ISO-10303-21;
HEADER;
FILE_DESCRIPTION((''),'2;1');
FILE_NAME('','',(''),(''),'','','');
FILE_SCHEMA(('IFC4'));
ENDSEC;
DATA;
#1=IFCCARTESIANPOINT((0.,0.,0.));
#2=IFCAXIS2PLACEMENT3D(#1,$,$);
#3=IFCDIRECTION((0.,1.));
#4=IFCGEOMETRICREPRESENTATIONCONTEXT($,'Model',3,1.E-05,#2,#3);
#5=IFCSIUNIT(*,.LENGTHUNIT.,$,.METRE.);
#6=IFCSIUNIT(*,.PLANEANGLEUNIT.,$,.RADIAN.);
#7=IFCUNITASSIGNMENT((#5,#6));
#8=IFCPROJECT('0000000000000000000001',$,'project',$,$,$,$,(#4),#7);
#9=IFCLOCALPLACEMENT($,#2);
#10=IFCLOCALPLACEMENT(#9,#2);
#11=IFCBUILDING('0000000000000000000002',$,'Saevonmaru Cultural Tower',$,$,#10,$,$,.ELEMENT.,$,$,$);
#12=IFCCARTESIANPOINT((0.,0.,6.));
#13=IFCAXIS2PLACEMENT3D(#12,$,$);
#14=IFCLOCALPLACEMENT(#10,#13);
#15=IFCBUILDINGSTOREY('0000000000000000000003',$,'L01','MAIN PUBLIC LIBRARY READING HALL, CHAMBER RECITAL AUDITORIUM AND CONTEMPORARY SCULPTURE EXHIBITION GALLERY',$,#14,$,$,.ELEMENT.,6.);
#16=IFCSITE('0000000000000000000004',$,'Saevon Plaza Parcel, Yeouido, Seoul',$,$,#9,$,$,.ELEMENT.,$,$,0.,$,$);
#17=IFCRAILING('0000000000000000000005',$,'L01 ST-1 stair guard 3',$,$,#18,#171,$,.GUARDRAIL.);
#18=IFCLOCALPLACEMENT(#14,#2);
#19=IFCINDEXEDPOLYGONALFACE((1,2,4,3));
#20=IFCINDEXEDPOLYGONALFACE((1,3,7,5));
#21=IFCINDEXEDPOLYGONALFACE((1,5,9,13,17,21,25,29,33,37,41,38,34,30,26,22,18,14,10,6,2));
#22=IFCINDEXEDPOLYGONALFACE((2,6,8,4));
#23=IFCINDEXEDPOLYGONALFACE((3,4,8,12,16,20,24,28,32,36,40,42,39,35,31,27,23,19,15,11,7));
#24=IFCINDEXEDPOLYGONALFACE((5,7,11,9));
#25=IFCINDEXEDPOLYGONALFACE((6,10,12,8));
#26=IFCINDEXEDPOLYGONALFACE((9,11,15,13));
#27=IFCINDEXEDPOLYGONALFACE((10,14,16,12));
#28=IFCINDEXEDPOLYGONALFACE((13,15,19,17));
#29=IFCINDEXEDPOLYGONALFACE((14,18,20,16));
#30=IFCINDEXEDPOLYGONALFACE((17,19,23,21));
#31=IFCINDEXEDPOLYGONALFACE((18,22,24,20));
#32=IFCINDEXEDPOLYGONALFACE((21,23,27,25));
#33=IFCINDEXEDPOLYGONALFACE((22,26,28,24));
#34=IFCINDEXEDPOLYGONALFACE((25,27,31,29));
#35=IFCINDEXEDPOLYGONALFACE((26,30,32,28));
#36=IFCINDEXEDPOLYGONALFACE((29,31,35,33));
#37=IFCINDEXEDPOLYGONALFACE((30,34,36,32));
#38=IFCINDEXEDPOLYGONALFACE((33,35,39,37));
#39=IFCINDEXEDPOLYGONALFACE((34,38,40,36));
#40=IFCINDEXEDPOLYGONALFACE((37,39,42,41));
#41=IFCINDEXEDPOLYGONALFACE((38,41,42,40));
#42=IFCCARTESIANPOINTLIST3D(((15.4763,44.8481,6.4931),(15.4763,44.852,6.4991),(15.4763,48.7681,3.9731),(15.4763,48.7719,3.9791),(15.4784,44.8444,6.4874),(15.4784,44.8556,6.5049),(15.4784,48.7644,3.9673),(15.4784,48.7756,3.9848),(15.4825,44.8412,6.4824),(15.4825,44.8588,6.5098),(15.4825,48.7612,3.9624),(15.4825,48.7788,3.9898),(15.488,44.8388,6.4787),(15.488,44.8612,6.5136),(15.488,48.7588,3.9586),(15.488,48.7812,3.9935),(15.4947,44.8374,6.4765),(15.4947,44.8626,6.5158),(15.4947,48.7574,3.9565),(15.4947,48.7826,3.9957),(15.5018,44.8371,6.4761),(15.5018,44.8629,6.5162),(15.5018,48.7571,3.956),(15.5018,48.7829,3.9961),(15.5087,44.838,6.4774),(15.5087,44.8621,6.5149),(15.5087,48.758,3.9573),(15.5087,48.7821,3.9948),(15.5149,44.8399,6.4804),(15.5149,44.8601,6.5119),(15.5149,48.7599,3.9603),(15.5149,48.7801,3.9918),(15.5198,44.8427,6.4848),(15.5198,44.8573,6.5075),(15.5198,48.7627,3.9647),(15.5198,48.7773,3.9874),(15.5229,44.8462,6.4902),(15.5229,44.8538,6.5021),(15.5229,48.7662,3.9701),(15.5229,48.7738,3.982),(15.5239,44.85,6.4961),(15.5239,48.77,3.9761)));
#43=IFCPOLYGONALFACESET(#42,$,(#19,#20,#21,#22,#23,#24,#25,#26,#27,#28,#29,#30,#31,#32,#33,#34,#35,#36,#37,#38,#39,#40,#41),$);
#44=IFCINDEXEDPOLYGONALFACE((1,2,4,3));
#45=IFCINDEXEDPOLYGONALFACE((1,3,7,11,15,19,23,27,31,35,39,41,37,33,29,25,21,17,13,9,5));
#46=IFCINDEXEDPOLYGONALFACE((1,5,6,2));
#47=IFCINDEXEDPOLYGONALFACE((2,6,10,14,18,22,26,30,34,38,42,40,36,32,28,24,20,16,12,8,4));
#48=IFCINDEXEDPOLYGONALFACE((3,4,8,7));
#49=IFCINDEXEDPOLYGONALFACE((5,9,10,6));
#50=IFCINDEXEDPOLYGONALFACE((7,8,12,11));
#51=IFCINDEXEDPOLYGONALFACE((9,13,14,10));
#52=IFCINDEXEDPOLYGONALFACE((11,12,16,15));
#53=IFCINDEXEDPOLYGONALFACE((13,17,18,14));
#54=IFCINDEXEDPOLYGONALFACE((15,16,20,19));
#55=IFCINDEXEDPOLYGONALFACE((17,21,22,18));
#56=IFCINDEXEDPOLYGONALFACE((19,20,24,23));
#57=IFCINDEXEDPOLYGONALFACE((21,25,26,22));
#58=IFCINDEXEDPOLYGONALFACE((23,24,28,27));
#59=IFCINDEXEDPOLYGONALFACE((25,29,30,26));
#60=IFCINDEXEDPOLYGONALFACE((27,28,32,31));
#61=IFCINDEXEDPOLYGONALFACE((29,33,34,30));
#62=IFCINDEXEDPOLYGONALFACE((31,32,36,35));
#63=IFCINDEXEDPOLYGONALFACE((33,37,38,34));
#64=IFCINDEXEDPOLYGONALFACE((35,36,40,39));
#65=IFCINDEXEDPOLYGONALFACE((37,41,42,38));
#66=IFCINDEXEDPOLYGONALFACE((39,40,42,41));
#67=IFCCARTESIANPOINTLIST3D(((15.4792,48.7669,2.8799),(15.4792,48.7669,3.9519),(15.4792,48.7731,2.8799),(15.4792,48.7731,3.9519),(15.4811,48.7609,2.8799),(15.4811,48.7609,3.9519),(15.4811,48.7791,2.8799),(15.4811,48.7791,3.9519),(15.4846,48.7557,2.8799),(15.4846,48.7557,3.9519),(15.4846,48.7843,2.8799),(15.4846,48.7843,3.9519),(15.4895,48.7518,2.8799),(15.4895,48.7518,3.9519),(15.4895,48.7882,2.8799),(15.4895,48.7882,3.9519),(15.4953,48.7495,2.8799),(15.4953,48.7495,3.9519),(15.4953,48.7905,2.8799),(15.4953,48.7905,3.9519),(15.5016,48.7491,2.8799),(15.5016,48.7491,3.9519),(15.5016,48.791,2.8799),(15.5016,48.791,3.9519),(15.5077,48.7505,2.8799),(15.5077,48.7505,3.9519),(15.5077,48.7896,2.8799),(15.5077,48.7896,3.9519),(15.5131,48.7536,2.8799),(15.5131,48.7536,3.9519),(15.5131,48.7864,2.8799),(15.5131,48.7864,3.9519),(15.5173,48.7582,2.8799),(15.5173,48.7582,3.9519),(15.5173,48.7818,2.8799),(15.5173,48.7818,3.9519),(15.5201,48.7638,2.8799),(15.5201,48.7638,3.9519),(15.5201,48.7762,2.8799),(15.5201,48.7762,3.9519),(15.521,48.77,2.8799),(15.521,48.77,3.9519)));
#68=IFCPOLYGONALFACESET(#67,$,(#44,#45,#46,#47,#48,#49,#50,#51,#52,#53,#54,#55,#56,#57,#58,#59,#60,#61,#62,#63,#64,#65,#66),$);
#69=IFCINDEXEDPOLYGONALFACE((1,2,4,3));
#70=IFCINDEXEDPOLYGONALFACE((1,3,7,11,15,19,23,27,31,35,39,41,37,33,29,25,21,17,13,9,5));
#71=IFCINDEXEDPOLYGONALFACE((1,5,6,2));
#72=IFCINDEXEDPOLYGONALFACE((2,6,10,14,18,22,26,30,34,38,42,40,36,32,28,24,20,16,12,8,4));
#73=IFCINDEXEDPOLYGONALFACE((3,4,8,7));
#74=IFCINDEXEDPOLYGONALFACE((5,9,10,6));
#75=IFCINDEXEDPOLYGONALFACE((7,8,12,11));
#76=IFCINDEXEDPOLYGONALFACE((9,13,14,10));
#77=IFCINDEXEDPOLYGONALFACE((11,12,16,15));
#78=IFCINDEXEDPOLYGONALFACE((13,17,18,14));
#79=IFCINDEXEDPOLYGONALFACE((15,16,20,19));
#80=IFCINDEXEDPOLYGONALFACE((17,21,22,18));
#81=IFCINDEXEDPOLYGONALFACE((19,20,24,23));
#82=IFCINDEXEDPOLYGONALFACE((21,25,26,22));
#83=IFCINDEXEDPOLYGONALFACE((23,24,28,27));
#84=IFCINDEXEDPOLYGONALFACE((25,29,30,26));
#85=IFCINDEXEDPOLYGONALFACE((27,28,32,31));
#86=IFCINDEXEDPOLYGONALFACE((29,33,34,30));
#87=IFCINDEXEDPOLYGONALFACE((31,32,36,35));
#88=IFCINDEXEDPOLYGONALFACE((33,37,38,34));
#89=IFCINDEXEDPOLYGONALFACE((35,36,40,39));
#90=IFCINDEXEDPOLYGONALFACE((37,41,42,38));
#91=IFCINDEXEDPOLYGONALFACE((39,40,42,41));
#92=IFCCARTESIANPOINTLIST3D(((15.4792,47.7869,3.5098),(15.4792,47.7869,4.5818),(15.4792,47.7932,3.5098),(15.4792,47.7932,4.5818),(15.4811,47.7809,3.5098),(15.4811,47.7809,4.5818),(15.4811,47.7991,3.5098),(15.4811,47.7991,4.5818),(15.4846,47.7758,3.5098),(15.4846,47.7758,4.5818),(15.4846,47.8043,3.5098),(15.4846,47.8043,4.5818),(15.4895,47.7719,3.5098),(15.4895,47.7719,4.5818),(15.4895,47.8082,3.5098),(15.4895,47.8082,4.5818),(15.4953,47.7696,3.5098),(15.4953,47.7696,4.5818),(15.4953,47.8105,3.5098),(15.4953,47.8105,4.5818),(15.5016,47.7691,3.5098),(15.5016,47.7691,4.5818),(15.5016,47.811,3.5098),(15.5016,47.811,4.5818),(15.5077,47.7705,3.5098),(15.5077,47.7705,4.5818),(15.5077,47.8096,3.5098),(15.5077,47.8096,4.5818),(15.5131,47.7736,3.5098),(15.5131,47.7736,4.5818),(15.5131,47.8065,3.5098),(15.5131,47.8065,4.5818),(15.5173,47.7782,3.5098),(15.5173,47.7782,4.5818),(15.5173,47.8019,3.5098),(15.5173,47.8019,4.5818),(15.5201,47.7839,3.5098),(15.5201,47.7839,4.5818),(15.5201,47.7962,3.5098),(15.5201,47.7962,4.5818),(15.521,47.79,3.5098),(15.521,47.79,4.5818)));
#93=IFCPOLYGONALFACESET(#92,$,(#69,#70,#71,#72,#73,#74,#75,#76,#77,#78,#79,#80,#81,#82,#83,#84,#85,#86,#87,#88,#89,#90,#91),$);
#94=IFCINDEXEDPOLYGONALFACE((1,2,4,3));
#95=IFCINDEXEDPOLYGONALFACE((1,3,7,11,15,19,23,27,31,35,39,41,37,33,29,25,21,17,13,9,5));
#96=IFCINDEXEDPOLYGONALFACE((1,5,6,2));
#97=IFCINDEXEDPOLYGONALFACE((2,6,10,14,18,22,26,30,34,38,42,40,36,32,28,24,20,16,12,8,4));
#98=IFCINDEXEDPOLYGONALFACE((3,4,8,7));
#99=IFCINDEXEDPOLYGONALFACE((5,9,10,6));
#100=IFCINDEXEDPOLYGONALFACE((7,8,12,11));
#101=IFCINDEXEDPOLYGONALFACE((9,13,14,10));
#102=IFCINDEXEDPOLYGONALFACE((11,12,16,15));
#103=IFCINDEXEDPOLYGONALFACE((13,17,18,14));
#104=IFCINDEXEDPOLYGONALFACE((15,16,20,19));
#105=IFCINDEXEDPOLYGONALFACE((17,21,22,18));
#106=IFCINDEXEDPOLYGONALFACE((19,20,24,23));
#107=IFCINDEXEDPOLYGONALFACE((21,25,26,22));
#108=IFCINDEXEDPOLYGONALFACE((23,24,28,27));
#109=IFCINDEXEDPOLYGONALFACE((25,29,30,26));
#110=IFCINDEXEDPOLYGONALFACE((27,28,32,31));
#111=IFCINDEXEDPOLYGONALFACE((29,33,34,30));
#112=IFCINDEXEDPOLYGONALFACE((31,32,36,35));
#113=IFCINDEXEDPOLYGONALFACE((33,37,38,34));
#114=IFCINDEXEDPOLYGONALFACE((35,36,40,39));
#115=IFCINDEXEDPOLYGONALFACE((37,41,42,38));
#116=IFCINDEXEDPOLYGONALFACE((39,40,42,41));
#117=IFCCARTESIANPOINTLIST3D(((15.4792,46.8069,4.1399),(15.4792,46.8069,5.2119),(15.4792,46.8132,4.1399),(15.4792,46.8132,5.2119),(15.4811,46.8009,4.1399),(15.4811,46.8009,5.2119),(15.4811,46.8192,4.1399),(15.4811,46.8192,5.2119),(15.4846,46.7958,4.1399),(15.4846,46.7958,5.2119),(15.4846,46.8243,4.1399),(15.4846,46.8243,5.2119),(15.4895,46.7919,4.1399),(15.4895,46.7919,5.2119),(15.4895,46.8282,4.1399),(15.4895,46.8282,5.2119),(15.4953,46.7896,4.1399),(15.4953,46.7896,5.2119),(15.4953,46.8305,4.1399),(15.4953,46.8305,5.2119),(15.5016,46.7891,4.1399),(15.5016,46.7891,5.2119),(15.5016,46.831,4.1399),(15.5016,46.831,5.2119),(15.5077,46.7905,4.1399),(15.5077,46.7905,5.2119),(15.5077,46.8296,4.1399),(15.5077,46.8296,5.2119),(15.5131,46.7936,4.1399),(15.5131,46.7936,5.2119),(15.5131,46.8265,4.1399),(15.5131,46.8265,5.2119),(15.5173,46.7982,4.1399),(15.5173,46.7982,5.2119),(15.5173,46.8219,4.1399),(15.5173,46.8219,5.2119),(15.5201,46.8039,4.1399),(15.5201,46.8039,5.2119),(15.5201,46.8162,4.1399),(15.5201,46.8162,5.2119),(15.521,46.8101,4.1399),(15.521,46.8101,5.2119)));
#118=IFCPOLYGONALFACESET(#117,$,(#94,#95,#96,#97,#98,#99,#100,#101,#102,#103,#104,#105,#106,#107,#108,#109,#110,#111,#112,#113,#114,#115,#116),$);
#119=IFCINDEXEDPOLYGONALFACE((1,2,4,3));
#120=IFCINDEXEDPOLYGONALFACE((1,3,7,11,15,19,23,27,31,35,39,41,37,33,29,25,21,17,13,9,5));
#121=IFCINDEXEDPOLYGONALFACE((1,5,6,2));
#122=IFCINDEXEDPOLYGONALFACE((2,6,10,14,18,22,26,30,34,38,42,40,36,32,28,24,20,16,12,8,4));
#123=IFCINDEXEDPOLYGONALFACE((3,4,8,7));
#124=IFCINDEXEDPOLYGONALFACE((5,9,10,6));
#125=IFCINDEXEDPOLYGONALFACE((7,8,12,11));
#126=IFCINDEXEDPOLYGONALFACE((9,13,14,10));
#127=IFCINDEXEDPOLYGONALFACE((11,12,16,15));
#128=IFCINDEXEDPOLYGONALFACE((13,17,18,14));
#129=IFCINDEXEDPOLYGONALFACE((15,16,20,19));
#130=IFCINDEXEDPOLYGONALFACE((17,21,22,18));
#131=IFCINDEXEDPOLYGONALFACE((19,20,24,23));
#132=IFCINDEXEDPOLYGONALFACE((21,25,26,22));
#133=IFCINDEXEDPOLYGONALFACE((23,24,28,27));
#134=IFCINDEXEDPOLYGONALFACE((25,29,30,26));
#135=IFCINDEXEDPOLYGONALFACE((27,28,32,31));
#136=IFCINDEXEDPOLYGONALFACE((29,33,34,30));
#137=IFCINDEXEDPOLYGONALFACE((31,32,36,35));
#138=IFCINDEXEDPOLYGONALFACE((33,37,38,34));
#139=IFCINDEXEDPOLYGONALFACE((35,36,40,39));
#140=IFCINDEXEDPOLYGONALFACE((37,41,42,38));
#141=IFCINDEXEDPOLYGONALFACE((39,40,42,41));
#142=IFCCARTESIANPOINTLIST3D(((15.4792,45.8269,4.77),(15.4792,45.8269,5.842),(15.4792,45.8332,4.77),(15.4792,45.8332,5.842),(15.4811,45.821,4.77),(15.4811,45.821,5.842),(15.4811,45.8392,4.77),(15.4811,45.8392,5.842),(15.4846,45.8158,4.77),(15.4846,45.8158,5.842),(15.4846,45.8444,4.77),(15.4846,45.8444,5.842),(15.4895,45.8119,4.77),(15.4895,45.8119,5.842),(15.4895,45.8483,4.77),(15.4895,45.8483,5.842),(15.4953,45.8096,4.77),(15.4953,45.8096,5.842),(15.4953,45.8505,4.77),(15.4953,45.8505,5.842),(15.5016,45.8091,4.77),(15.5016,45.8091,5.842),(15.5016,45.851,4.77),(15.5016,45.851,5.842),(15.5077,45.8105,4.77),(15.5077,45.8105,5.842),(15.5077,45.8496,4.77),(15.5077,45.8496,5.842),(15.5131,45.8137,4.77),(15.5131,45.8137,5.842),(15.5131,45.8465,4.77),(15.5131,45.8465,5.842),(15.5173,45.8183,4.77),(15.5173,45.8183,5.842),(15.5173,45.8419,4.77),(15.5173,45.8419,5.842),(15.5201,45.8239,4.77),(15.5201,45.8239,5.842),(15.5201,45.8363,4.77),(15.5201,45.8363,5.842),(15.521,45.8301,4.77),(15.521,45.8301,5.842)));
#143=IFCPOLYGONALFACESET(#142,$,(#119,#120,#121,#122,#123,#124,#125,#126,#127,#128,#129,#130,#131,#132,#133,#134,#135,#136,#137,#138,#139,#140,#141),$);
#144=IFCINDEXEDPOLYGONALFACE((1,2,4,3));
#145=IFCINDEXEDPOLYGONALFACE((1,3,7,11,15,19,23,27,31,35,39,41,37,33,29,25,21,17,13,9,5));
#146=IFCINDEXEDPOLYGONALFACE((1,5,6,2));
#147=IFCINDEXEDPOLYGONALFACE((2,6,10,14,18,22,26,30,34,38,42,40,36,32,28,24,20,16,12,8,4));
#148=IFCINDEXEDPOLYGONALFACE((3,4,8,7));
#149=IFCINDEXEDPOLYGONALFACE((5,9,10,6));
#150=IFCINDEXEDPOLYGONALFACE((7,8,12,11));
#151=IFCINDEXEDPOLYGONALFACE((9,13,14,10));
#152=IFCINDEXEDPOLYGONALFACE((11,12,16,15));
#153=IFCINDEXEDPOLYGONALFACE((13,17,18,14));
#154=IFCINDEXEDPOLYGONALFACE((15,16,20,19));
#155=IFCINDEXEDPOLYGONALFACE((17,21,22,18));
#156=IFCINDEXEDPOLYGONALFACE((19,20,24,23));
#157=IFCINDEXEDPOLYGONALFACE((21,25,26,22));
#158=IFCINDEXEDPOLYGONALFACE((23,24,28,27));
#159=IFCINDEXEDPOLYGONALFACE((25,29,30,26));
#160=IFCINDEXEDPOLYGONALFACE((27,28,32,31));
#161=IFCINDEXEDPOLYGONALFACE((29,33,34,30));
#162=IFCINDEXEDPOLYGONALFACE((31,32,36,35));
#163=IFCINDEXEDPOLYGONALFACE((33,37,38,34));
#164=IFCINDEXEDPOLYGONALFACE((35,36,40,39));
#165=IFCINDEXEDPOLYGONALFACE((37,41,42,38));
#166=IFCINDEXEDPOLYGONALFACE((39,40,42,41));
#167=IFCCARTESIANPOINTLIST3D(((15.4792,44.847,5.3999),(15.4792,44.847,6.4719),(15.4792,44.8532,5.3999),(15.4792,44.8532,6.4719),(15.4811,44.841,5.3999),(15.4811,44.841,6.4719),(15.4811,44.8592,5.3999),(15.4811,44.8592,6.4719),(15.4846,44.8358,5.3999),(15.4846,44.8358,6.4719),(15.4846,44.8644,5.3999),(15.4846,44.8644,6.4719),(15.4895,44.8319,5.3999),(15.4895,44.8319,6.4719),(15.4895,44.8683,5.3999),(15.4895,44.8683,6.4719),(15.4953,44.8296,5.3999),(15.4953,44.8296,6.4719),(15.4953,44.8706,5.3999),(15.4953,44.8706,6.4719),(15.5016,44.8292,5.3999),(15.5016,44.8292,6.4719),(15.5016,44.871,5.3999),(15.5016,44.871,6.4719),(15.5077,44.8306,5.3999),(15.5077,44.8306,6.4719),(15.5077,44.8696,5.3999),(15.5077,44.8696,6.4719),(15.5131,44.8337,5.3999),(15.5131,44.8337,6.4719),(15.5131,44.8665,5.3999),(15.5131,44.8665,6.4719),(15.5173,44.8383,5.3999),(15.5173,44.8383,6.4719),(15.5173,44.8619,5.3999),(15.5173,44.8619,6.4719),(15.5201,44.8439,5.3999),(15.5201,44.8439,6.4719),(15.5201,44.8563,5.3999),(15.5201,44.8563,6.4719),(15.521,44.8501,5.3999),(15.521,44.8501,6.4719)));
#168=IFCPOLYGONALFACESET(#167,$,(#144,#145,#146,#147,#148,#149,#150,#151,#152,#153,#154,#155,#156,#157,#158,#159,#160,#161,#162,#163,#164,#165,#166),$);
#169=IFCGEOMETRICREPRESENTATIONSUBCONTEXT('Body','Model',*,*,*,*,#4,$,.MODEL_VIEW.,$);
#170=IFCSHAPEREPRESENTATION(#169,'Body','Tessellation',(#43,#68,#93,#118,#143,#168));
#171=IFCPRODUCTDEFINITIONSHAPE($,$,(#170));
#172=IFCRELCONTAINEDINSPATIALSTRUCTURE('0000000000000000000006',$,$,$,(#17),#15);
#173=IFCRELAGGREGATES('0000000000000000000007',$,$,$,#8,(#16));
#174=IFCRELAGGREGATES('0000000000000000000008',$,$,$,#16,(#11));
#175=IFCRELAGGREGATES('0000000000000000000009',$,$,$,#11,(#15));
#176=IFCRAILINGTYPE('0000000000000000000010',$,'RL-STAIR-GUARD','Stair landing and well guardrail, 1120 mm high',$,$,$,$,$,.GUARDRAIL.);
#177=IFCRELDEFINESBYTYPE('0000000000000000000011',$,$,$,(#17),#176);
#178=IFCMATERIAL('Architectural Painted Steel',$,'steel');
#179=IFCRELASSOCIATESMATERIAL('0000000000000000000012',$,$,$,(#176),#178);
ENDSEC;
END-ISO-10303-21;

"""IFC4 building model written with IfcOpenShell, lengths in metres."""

from ifc_helpers import new_model, si_unit, direction, frame, origin, origin_2d, place, context, subcontext, project, spatial, circle, extrude, material, type_object, element, save


model = new_model("IFC4")

# Units and contexts
model_context = context("Model", 3, precision=1e-05, world=origin(), true_north=direction((0.0, 1.0)))
body_context = subcontext(model_context, "Body", "Model", "MODEL_VIEW")
ifc_project = project(units=[si_unit("LENGTHUNIT", "METRE"), si_unit("PLANEANGLEUNIT", "RADIAN")], contexts=[model_context])

# Site, building, storey
site_placement = place(None, origin())
site = spatial("IfcSite", under=ifc_project, at=site_placement, Name="Saevon Plaza Parcel, Yeouido, Seoul", CompositionType="ELEMENT", RefElevation=0.0)
building_placement = place(site_placement, origin())
building = spatial("IfcBuilding", under=site, at=building_placement, Name="Saevonmaru Cultural Tower", CompositionType="ELEMENT")
storey_placement = place(building_placement, frame((0.0, 0.0, 6.0)))
storey = spatial("IfcBuildingStorey", under=building, at=storey_placement, Name="L01", Description="MAIN PUBLIC LIBRARY READING HALL, CHAMBER RECITAL AUDITORIUM AND CONTEMPORARY SCULPTURE EXHIBITION GALLERY", CompositionType="ELEMENT", Elevation=6.0)

# Railing
ifc_material_1 = material(Name="Architectural Painted Steel", Category="steel")
railing_type_1 = type_object("IfcRailingType", Name="RL-STAIR-GUARD", Description="Stair landing and well guardrail, 1120 mm high", PredefinedType="GUARDRAIL", material=ifc_material_1)
railing_1_placement = place(storey_placement, frame((15.5, 48.77, 2.8799)))
element("IfcRailing", 1, at=railing_1_placement, inside=storey, type_object=railing_type_1, Name="L01 ST-1 stair guard 3", PredefinedType="GUARDRAIL", context=body_context, shape_type="SweptSolid", body=[
    extrude(circle(Radius=0.0239, at=origin_2d()), frame((0.0, 0.0, 1.0962), z_axis=(0.0, -0.841172, 0.540768), x_axis=(1.0, 0.0, 0.0)), (0.0, 0.0, 1.0), 4.6602),
    extrude(circle(Radius=0.021, at=origin_2d()), origin(), (0.0, 0.0, 1.0), 1.072),
    extrude(circle(Radius=0.021, at=origin_2d()), frame((0.0, -0.98, 0.6299)), (0.0, 0.0, 1.0), 1.072),
    extrude(circle(Radius=0.021, at=origin_2d()), frame((0.0, -1.96, 1.26)), (0.0, 0.0, 1.0), 1.072),
    extrude(circle(Radius=0.021, at=origin_2d()), frame((0.0, -2.9399, 1.8901)), (0.0, 0.0, 1.0), 1.072),
    extrude(circle(Radius=0.021, at=origin_2d()), frame((0.0, -3.9199, 2.52)), (0.0, 0.0, 1.0), 1.072),
])

save(model, "model.ifc")
